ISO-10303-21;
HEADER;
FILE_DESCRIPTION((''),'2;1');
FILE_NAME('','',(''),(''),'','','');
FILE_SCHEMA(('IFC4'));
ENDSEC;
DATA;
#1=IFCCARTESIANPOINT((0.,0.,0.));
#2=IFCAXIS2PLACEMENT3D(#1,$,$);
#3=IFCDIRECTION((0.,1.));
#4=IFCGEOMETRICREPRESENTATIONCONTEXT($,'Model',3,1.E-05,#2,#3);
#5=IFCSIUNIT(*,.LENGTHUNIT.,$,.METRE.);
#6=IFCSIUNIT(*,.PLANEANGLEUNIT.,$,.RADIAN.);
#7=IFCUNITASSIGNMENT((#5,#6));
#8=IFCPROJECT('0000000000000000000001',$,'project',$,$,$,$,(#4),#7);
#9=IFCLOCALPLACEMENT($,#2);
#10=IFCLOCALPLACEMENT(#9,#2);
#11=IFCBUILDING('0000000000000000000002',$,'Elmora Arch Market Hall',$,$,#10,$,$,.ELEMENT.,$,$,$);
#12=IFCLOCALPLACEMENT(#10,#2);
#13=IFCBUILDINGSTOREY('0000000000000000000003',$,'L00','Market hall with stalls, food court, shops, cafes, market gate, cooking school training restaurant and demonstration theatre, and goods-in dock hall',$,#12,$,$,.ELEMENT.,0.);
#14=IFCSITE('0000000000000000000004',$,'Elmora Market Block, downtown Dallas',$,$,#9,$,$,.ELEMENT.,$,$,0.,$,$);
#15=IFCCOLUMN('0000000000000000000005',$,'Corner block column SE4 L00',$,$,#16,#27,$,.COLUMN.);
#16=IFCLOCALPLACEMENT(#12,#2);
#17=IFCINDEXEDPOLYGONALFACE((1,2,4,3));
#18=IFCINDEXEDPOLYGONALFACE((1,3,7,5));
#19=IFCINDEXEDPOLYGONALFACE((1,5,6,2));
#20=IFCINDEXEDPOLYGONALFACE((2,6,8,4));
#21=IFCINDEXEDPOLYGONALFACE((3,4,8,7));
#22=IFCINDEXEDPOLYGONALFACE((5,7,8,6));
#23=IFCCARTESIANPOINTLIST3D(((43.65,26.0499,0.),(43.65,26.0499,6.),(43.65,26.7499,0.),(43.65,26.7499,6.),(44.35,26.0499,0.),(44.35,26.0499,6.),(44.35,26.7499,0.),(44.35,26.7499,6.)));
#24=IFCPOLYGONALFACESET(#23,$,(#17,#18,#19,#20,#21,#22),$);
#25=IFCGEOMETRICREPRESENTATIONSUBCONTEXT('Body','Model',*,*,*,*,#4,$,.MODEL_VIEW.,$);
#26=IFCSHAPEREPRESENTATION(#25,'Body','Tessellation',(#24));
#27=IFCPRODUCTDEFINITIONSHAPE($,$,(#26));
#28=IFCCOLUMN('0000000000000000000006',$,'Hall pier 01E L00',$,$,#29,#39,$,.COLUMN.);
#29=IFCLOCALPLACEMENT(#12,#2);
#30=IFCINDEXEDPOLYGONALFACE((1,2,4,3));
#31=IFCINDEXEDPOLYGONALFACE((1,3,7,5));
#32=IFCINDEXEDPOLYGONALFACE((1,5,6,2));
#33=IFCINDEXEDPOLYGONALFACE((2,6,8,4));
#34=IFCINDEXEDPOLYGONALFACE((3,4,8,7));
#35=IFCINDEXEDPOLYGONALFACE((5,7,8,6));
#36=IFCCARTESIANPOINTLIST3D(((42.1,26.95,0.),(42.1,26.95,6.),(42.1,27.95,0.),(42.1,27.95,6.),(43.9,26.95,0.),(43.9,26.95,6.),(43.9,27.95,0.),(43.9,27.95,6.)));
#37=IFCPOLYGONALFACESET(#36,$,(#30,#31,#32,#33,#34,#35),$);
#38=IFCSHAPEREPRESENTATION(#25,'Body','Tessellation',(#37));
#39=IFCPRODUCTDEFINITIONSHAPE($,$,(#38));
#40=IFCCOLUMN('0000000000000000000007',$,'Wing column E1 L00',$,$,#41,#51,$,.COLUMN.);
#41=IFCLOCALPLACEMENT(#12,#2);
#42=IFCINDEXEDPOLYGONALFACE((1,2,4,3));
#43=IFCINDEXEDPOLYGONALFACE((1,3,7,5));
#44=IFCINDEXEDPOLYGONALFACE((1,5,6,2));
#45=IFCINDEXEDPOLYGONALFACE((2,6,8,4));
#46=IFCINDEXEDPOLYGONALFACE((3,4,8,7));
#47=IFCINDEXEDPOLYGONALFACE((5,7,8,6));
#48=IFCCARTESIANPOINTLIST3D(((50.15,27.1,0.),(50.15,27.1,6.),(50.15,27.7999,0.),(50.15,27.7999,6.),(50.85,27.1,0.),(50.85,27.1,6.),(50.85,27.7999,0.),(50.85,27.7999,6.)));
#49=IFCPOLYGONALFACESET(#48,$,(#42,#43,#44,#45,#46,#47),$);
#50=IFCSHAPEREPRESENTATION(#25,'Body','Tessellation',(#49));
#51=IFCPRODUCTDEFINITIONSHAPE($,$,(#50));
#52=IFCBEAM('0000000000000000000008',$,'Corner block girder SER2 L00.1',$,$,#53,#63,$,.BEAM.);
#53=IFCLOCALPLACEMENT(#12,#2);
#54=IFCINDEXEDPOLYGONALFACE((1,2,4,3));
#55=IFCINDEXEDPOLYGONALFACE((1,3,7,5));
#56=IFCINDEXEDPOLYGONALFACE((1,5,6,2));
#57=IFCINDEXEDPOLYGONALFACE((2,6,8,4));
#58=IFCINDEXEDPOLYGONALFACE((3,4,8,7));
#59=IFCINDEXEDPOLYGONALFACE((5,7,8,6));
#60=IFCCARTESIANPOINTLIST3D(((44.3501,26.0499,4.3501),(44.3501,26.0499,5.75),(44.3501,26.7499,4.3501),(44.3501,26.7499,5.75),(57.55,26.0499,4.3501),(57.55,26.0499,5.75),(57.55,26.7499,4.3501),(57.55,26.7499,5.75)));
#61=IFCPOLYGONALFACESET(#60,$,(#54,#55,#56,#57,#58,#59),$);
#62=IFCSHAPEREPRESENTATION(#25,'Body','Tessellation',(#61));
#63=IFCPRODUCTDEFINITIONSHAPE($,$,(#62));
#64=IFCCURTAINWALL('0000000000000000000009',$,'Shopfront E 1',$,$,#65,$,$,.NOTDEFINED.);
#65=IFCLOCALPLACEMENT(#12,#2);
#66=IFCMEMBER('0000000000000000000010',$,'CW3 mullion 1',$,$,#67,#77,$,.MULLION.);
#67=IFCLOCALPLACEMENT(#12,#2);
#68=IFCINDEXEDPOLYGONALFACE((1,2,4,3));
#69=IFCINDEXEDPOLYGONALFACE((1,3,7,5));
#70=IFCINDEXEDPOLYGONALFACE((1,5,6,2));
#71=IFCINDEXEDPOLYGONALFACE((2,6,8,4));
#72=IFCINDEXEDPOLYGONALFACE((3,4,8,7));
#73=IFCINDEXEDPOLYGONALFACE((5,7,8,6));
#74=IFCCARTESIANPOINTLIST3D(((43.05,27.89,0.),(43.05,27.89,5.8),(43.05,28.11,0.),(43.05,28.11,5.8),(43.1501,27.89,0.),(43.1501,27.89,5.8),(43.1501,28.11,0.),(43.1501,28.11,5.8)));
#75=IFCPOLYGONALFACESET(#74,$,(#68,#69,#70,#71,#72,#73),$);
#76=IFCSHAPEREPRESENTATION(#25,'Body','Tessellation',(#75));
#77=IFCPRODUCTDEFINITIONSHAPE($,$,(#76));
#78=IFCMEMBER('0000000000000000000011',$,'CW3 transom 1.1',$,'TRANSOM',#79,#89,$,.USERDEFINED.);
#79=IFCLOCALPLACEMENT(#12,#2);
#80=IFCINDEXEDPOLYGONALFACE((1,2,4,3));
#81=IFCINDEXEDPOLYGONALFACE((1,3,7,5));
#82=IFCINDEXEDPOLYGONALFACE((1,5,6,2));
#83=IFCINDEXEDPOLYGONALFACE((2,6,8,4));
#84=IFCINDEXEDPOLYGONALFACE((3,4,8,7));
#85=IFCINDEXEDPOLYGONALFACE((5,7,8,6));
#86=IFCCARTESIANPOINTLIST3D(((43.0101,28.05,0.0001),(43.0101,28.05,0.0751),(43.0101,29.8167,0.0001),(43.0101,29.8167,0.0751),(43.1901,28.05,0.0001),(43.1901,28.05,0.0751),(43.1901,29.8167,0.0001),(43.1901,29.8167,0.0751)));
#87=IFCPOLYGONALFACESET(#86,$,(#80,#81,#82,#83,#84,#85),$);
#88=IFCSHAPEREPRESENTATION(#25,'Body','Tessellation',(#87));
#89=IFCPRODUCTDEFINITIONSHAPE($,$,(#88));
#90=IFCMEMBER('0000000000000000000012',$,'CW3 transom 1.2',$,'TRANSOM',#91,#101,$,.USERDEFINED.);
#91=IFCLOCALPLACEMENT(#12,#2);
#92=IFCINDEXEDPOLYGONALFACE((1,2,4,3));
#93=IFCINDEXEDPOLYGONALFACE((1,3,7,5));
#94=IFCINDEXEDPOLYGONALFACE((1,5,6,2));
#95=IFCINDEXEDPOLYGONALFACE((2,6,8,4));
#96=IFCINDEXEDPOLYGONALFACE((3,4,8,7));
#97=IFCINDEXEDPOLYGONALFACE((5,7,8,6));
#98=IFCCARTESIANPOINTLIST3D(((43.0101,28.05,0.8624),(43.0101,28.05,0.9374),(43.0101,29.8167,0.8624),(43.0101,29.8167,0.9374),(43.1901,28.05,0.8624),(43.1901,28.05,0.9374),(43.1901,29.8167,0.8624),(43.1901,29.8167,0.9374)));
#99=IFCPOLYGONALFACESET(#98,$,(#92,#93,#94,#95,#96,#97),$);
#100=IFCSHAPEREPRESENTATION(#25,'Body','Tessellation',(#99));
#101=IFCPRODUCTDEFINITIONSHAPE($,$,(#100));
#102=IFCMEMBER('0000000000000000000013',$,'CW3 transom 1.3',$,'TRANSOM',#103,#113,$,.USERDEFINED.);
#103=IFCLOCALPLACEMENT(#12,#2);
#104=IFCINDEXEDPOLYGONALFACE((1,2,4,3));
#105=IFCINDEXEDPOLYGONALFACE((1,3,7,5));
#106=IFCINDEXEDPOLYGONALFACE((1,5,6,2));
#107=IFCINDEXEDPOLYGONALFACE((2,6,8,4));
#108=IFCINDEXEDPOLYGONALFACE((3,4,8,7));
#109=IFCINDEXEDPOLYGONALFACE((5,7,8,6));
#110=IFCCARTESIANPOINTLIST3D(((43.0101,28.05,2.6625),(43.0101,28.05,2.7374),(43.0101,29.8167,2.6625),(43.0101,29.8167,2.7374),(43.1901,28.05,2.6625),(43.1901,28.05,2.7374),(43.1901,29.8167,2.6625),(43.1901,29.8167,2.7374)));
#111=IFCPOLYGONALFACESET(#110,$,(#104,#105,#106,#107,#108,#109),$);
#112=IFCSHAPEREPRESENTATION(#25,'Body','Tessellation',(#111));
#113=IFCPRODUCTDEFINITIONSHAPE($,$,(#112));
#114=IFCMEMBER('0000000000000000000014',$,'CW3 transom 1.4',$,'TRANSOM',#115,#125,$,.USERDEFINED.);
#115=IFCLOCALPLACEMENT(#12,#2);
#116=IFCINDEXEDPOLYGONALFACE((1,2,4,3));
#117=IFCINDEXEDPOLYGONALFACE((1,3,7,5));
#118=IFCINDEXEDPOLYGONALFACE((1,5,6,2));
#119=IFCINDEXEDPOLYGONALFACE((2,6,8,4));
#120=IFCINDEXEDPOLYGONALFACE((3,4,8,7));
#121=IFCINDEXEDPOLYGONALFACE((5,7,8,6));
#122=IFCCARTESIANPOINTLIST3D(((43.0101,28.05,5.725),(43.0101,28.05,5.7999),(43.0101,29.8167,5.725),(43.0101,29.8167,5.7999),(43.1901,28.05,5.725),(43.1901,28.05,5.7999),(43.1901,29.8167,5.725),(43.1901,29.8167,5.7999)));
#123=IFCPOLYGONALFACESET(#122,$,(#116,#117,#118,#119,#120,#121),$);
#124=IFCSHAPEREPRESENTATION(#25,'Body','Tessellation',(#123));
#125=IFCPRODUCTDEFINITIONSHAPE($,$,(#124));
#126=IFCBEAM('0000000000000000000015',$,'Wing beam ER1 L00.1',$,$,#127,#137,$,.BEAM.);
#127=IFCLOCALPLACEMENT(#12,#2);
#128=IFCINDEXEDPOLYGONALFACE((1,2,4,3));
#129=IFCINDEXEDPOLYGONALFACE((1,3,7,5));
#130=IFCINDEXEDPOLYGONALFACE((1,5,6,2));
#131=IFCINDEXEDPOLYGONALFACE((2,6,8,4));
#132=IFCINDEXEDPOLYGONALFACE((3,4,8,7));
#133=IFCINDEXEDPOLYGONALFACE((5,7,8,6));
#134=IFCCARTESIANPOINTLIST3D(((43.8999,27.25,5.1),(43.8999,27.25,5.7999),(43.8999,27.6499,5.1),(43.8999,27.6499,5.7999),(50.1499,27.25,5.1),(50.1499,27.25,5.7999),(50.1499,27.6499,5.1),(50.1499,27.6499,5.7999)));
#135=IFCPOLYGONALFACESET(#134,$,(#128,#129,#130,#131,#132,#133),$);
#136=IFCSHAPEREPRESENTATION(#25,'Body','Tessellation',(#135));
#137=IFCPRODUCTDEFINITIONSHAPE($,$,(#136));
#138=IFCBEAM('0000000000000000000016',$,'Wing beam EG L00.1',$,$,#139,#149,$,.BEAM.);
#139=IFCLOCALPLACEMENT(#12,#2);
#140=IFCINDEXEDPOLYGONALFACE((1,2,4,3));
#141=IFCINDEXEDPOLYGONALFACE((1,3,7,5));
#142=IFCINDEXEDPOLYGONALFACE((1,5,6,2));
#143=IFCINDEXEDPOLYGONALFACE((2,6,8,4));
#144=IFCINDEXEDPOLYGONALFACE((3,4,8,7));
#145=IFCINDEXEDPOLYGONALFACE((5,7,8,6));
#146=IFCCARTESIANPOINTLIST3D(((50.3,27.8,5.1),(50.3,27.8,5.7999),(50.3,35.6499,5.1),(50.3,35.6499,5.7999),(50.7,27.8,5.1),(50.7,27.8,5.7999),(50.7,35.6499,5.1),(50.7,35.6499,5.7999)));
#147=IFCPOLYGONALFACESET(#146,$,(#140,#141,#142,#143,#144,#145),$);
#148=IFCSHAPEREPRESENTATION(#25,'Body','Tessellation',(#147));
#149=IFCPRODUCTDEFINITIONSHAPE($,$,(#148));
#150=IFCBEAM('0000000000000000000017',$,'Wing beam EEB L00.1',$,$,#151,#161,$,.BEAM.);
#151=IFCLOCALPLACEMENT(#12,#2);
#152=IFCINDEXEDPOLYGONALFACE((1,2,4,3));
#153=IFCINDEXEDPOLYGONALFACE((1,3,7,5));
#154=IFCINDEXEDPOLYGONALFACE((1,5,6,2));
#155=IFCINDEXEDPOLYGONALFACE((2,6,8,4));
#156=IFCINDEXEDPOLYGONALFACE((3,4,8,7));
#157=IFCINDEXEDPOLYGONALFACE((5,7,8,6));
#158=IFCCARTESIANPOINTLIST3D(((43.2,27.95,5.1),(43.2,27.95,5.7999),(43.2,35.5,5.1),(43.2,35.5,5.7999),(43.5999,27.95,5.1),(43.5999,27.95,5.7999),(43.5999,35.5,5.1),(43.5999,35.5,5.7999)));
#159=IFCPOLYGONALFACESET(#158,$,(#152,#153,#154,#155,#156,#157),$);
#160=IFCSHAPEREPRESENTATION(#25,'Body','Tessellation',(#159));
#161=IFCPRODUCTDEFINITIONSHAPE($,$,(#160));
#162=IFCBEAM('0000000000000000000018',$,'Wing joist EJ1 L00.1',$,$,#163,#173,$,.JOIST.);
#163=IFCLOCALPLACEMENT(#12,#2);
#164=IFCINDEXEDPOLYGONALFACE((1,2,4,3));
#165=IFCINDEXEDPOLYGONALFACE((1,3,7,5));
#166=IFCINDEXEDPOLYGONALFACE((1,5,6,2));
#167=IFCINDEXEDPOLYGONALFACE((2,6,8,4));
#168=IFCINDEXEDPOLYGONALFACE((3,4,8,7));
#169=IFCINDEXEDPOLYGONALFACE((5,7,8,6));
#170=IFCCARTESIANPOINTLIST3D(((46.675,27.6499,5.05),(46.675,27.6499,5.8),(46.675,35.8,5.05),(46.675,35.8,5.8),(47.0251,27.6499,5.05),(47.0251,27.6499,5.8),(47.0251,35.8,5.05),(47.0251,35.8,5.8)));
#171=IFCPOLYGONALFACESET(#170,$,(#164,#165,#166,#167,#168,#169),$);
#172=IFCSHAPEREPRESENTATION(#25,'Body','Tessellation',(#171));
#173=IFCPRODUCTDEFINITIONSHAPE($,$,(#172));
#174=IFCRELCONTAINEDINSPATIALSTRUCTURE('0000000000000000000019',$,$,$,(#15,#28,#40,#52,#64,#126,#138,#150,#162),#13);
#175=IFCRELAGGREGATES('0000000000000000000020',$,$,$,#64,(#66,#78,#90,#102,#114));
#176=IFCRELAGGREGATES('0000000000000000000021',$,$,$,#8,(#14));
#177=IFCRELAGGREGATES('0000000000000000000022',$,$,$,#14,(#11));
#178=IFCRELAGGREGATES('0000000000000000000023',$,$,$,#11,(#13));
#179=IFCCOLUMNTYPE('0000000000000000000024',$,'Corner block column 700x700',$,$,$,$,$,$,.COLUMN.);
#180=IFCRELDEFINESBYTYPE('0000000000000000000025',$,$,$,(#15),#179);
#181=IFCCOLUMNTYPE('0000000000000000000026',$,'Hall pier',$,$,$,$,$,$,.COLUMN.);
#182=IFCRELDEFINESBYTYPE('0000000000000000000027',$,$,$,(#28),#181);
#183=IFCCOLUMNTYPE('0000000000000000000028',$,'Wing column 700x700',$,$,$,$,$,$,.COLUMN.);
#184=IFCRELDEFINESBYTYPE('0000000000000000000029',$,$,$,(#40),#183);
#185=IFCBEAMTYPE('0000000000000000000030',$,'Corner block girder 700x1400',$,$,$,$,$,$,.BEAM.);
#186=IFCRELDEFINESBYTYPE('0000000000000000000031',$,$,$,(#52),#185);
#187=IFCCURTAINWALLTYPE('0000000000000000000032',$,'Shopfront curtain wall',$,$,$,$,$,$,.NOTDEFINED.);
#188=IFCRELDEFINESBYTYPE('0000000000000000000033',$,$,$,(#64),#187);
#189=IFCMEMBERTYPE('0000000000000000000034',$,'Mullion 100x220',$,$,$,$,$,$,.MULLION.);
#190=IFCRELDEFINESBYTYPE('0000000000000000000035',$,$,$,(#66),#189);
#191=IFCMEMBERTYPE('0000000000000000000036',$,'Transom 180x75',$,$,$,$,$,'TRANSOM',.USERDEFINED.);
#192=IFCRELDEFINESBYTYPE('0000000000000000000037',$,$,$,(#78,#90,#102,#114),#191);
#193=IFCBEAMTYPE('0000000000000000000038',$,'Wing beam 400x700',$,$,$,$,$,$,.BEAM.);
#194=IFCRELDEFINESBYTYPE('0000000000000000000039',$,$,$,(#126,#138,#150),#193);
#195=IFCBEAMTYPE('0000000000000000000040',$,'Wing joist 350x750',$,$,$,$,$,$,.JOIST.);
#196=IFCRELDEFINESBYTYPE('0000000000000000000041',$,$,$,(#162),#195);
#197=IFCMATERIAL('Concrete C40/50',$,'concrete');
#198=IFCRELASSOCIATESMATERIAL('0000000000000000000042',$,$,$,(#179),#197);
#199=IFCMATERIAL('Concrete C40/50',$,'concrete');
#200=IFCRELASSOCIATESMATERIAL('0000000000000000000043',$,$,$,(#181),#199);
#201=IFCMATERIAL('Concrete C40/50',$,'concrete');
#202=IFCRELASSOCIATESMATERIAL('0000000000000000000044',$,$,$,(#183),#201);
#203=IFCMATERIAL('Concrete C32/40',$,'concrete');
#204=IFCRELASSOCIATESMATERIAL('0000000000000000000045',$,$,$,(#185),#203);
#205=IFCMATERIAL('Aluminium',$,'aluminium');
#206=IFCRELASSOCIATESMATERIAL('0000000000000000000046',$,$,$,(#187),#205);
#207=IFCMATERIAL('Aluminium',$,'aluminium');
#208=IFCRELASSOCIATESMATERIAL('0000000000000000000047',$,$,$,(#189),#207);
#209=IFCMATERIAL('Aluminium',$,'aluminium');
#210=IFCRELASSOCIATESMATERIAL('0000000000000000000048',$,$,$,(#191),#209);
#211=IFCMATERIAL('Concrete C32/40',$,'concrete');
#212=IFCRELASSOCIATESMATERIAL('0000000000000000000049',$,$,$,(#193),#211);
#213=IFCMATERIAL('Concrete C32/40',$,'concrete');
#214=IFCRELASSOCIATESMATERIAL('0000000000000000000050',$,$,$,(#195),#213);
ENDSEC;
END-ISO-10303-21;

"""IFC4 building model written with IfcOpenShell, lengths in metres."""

from ifc_helpers import new_model, si_unit, direction, frame, origin, origin_2d, place, context, subcontext, project, spatial, rectangle, extrude, material, material_profile, profile_set, type_object, element, aggregate, save


model = new_model("IFC4")

# Units and contexts
model_context = context("Model", 3, precision=1e-05, world=origin(), true_north=direction((0.0, 1.0)))
body_context = subcontext(model_context, "Body", "Model", "MODEL_VIEW")
ifc_project = project(units=[si_unit("LENGTHUNIT", "METRE"), si_unit("PLANEANGLEUNIT", "RADIAN")], contexts=[model_context])

# Site, building, storey
site_placement = place(None, origin())
site = spatial("IfcSite", under=ifc_project, at=site_placement, Name="Elmora Market Block, downtown Dallas", CompositionType="ELEMENT", RefElevation=0.0)
building_placement = place(site_placement, origin())
building = spatial("IfcBuilding", under=site, at=building_placement, Name="Elmora Arch Market Hall", CompositionType="ELEMENT")
storey_placement = place(building_placement, origin())
storey = spatial("IfcBuildingStorey", under=building, at=storey_placement, Name="L00", Description="Market hall with stalls, food court, shops, cafes, market gate, cooking school training restaurant and demonstration theatre, and goods-in dock hall", CompositionType="ELEMENT", Elevation=0.0)

# Columns
ifc_material_1 = material(Name="Concrete C40/50", Category="concrete")
ifc_material_profile_1 = material_profile(ifc_material_1, rectangle(XDim=0.7, YDim=0.7, at=origin_2d()), Name="Corner block column 700x700")
ifc_profile_set_1 = profile_set([ifc_material_profile_1], Name="Concrete C40/50")
column_type_1 = type_object("IfcColumnType", Name="Corner block column 700x700", PredefinedType="COLUMN", material=ifc_profile_set_1)
column_1_placement = place(storey_placement, frame((44.0, 26.3999, 0.0), z_axis=(0.0, 0.0, 1.0), x_axis=(1.0, 0.0, 0.0)))
element("IfcColumn", 1, at=column_1_placement, inside=storey, type_object=column_type_1, Name="Corner block column SE4 L00", PredefinedType="COLUMN", context=body_context, shape_type="SweptSolid", body=[
    extrude(rectangle(XDim=0.7, YDim=0.7, at=origin_2d()), origin(), (0.0, 0.0, 1.0), 6.0),
])
ifc_material_2 = material(Name="Concrete C40/50", Category="concrete")
ifc_material_profile_2 = material_profile(ifc_material_2, rectangle(XDim=1.8, YDim=1.0, at=origin_2d()), Name="Hall pier")
ifc_profile_set_2 = profile_set([ifc_material_profile_2], Name="Concrete C40/50")
column_type_2 = type_object("IfcColumnType", Name="Hall pier", PredefinedType="COLUMN", material=ifc_profile_set_2)
column_2_placement = place(storey_placement, frame((43.0, 27.45, 0.0), z_axis=(0.0, 0.0, 1.0), x_axis=(1.0, 0.0, 0.0)))
element("IfcColumn", 2, at=column_2_placement, inside=storey, type_object=column_type_2, Name="Hall pier 01E L00", PredefinedType="COLUMN", context=body_context, shape_type="SweptSolid", body=[
    extrude(rectangle(XDim=1.8, YDim=1.0, at=origin_2d()), origin(), (0.0, 0.0, 1.0), 6.0),
])
ifc_material_3 = material(Name="Concrete C40/50", Category="concrete")
ifc_material_profile_3 = material_profile(ifc_material_3, rectangle(XDim=0.7, YDim=0.7, at=origin_2d()), Name="Wing column 700x700")
ifc_profile_set_3 = profile_set([ifc_material_profile_3], Name="Concrete C40/50")
column_type_3 = type_object("IfcColumnType", Name="Wing column 700x700", PredefinedType="COLUMN", material=ifc_profile_set_3)
column_3_placement = place(storey_placement, frame((50.5, 27.45, 0.0), z_axis=(0.0, 0.0, 1.0), x_axis=(1.0, 0.0, 0.0)))
element("IfcColumn", 3, at=column_3_placement, inside=storey, type_object=column_type_3, Name="Wing column E1 L00", PredefinedType="COLUMN", context=body_context, shape_type="SweptSolid", body=[
    extrude(rectangle(XDim=0.7, YDim=0.7, at=origin_2d()), origin(), (0.0, 0.0, 1.0), 6.0),
])

# Beam
ifc_material_4 = material(Name="Concrete C32/40", Category="concrete")
ifc_material_profile_4 = material_profile(ifc_material_4, rectangle(XDim=0.7, YDim=1.3999, at=origin_2d()), Name="Corner block girder 700x1400")
ifc_profile_set_4 = profile_set([ifc_material_profile_4], Name="Concrete C32/40")
beam_type_1 = type_object("IfcBeamType", Name="Corner block girder 700x1400", PredefinedType="BEAM", material=ifc_profile_set_4)
beam_1_placement = place(storey_placement, frame((44.3501, 26.3999, 5.05), z_axis=(1.0, 0.0, 0.0), x_axis=(0.0, 1.0, 0.0)))
element("IfcBeam", 4, at=beam_1_placement, inside=storey, type_object=beam_type_1, Name="Corner block girder SER2 L00.1", PredefinedType="BEAM", context=body_context, shape_type="SweptSolid", body=[
    extrude(rectangle(XDim=0.7, YDim=1.3999, at=origin_2d()), origin(), (0.0, 0.0, 1.0), 13.2),
])

# Curtain wall, members
ifc_material_5 = material(Name="Aluminium", Category="aluminium")
curtain_wall_type = type_object("IfcCurtainWallType", Name="Shopfront curtain wall", PredefinedType="NOTDEFINED", material=ifc_material_5)
curtain_wall_placement = place(storey_placement, origin())
curtain_wall = element("IfcCurtainWall", 5, at=curtain_wall_placement, inside=storey, type_object=curtain_wall_type, Name="Shopfront E 1", PredefinedType="NOTDEFINED")
ifc_material_6 = material(Name="Aluminium", Category="aluminium")
ifc_material_profile_5 = material_profile(ifc_material_6, rectangle(XDim=0.1001, YDim=0.22, at=origin_2d()), Name="AL 100x220")
ifc_profile_set_5 = profile_set([ifc_material_profile_5], Name="Aluminium")
member_type_1 = type_object("IfcMemberType", Name="Mullion 100x220", PredefinedType="MULLION", material=ifc_profile_set_5)
member_1_placement = place(storey_placement, frame((43.1001, 28.0, 0.0), z_axis=(0.0, 0.0, 1.0), x_axis=(-1.0, 0.0, 0.0)))
member_1 = element("IfcMember", 6, at=member_1_placement, type_object=member_type_1, Name="CW3 mullion 1", PredefinedType="MULLION", context=body_context, shape_type="SweptSolid", body=[
    extrude(rectangle(XDim=0.1001, YDim=0.22, at=origin_2d()), origin(), (0.0, 0.0, 1.0), 5.8),
])
ifc_material_7 = material(Name="Aluminium", Category="aluminium")
ifc_material_profile_6 = material_profile(ifc_material_7, rectangle(XDim=0.1799, YDim=0.075, at=origin_2d()), Name="AL 180x75")
ifc_profile_set_6 = profile_set([ifc_material_profile_6], Name="Aluminium")
member_type_2 = type_object("IfcMemberType", Name="Transom 180x75", ElementType="TRANSOM", PredefinedType="USERDEFINED", material=ifc_profile_set_6)
member_2_placement = place(storey_placement, frame((43.1001, 28.05, 0.0376), z_axis=(0.0, 1.0, 0.0), x_axis=(-1.0, 0.0, 0.0)))
member_2 = element("IfcMember", 7, at=member_2_placement, type_object=member_type_2, Name="CW3 transom 1.1", ObjectType="TRANSOM", PredefinedType="USERDEFINED", context=body_context, shape_type="SweptSolid", body=[
    extrude(rectangle(XDim=0.1799, YDim=0.075, at=origin_2d()), origin(), (0.0, 0.0, 1.0), 1.7666),
])
member_3_placement = place(storey_placement, frame((43.1001, 28.05, 0.8999), z_axis=(0.0, 1.0, 0.0), x_axis=(-1.0, 0.0, 0.0)))
member_3 = element("IfcMember", 8, at=member_3_placement, type_object=member_type_2, Name="CW3 transom 1.2", ObjectType="TRANSOM", PredefinedType="USERDEFINED", context=body_context, shape_type="SweptSolid", body=[
    extrude(rectangle(XDim=0.1799, YDim=0.075, at=origin_2d()), origin(), (0.0, 0.0, 1.0), 1.7666),
])
member_4_placement = place(storey_placement, frame((43.1001, 28.05, 2.7), z_axis=(0.0, 1.0, 0.0), x_axis=(-1.0, 0.0, 0.0)))
member_4 = element("IfcMember", 9, at=member_4_placement, type_object=member_type_2, Name="CW3 transom 1.3", ObjectType="TRANSOM", PredefinedType="USERDEFINED", context=body_context, shape_type="SweptSolid", body=[
    extrude(rectangle(XDim=0.1799, YDim=0.075, at=origin_2d()), origin(), (0.0, 0.0, 1.0), 1.7666),
])
member_5_placement = place(storey_placement, frame((43.1001, 28.05, 5.7625), z_axis=(0.0, 1.0, 0.0), x_axis=(-1.0, 0.0, 0.0)))
member_5 = element("IfcMember", 10, at=member_5_placement, type_object=member_type_2, Name="CW3 transom 1.4", ObjectType="TRANSOM", PredefinedType="USERDEFINED", context=body_context, shape_type="SweptSolid", body=[
    extrude(rectangle(XDim=0.1799, YDim=0.075, at=origin_2d()), origin(), (0.0, 0.0, 1.0), 1.7666),
])
aggregate(curtain_wall, [member_1, member_2, member_3, member_4, member_5])

# Beams
ifc_material_8 = material(Name="Concrete C32/40", Category="concrete")
ifc_material_profile_7 = material_profile(ifc_material_8, rectangle(XDim=0.3999, YDim=0.7, at=origin_2d()), Name="Wing beam 400x700")
ifc_profile_set_7 = profile_set([ifc_material_profile_7], Name="Concrete C32/40")
beam_type_2 = type_object("IfcBeamType", Name="Wing beam 400x700", PredefinedType="BEAM", material=ifc_profile_set_7)
beam_2_placement = place(storey_placement, frame((43.8999, 27.45, 5.45), z_axis=(1.0, 0.0, 0.0), x_axis=(0.0, 1.0, 0.0)))
element("IfcBeam", 11, at=beam_2_placement, inside=storey, type_object=beam_type_2, Name="Wing beam ER1 L00.1", PredefinedType="BEAM", context=body_context, shape_type="SweptSolid", body=[
    extrude(rectangle(XDim=0.3999, YDim=0.7, at=origin_2d()), origin(), (0.0, 0.0, 1.0), 6.25),
])
beam_3_placement = place(storey_placement, frame((50.5, 27.8, 5.45), z_axis=(0.0, 1.0, 0.0), x_axis=(-1.0, 0.0, 0.0)))
element("IfcBeam", 12, at=beam_3_placement, inside=storey, type_object=beam_type_2, Name="Wing beam EG L00.1", PredefinedType="BEAM", context=body_context, shape_type="SweptSolid", body=[
    extrude(rectangle(XDim=0.3999, YDim=0.7, at=origin_2d()), origin(), (0.0, 0.0, 1.0), 7.8499),
])
beam_4_placement = place(storey_placement, frame((43.3999, 27.95, 5.45), z_axis=(0.0, 1.0, 0.0), x_axis=(-1.0, 0.0, 0.0)))
element("IfcBeam", 13, at=beam_4_placement, inside=storey, type_object=beam_type_2, Name="Wing beam EEB L00.1", PredefinedType="BEAM", context=body_context, shape_type="SweptSolid", body=[
    extrude(rectangle(XDim=0.3999, YDim=0.7, at=origin_2d()), origin(), (0.0, 0.0, 1.0), 7.55),
])
ifc_material_9 = material(Name="Concrete C32/40", Category="concrete")
ifc_material_profile_8 = material_profile(ifc_material_9, rectangle(XDim=0.3501, YDim=0.75, at=origin_2d()), Name="Wing joist 350x750")
ifc_profile_set_8 = profile_set([ifc_material_profile_8], Name="Concrete C32/40")
beam_type_3 = type_object("IfcBeamType", Name="Wing joist 350x750", PredefinedType="JOIST", material=ifc_profile_set_8)
beam_5_placement = place(storey_placement, frame((46.8501, 27.6499, 5.425), z_axis=(0.0, 1.0, 0.0), x_axis=(-1.0, 0.0, 0.0)))
element("IfcBeam", 14, at=beam_5_placement, inside=storey, type_object=beam_type_3, Name="Wing joist EJ1 L00.1", PredefinedType="JOIST", context=body_context, shape_type="SweptSolid", body=[
    extrude(rectangle(XDim=0.3501, YDim=0.75, at=origin_2d()), origin(), (0.0, 0.0, 1.0), 8.1501),
])

save(model, "model.ifc")
